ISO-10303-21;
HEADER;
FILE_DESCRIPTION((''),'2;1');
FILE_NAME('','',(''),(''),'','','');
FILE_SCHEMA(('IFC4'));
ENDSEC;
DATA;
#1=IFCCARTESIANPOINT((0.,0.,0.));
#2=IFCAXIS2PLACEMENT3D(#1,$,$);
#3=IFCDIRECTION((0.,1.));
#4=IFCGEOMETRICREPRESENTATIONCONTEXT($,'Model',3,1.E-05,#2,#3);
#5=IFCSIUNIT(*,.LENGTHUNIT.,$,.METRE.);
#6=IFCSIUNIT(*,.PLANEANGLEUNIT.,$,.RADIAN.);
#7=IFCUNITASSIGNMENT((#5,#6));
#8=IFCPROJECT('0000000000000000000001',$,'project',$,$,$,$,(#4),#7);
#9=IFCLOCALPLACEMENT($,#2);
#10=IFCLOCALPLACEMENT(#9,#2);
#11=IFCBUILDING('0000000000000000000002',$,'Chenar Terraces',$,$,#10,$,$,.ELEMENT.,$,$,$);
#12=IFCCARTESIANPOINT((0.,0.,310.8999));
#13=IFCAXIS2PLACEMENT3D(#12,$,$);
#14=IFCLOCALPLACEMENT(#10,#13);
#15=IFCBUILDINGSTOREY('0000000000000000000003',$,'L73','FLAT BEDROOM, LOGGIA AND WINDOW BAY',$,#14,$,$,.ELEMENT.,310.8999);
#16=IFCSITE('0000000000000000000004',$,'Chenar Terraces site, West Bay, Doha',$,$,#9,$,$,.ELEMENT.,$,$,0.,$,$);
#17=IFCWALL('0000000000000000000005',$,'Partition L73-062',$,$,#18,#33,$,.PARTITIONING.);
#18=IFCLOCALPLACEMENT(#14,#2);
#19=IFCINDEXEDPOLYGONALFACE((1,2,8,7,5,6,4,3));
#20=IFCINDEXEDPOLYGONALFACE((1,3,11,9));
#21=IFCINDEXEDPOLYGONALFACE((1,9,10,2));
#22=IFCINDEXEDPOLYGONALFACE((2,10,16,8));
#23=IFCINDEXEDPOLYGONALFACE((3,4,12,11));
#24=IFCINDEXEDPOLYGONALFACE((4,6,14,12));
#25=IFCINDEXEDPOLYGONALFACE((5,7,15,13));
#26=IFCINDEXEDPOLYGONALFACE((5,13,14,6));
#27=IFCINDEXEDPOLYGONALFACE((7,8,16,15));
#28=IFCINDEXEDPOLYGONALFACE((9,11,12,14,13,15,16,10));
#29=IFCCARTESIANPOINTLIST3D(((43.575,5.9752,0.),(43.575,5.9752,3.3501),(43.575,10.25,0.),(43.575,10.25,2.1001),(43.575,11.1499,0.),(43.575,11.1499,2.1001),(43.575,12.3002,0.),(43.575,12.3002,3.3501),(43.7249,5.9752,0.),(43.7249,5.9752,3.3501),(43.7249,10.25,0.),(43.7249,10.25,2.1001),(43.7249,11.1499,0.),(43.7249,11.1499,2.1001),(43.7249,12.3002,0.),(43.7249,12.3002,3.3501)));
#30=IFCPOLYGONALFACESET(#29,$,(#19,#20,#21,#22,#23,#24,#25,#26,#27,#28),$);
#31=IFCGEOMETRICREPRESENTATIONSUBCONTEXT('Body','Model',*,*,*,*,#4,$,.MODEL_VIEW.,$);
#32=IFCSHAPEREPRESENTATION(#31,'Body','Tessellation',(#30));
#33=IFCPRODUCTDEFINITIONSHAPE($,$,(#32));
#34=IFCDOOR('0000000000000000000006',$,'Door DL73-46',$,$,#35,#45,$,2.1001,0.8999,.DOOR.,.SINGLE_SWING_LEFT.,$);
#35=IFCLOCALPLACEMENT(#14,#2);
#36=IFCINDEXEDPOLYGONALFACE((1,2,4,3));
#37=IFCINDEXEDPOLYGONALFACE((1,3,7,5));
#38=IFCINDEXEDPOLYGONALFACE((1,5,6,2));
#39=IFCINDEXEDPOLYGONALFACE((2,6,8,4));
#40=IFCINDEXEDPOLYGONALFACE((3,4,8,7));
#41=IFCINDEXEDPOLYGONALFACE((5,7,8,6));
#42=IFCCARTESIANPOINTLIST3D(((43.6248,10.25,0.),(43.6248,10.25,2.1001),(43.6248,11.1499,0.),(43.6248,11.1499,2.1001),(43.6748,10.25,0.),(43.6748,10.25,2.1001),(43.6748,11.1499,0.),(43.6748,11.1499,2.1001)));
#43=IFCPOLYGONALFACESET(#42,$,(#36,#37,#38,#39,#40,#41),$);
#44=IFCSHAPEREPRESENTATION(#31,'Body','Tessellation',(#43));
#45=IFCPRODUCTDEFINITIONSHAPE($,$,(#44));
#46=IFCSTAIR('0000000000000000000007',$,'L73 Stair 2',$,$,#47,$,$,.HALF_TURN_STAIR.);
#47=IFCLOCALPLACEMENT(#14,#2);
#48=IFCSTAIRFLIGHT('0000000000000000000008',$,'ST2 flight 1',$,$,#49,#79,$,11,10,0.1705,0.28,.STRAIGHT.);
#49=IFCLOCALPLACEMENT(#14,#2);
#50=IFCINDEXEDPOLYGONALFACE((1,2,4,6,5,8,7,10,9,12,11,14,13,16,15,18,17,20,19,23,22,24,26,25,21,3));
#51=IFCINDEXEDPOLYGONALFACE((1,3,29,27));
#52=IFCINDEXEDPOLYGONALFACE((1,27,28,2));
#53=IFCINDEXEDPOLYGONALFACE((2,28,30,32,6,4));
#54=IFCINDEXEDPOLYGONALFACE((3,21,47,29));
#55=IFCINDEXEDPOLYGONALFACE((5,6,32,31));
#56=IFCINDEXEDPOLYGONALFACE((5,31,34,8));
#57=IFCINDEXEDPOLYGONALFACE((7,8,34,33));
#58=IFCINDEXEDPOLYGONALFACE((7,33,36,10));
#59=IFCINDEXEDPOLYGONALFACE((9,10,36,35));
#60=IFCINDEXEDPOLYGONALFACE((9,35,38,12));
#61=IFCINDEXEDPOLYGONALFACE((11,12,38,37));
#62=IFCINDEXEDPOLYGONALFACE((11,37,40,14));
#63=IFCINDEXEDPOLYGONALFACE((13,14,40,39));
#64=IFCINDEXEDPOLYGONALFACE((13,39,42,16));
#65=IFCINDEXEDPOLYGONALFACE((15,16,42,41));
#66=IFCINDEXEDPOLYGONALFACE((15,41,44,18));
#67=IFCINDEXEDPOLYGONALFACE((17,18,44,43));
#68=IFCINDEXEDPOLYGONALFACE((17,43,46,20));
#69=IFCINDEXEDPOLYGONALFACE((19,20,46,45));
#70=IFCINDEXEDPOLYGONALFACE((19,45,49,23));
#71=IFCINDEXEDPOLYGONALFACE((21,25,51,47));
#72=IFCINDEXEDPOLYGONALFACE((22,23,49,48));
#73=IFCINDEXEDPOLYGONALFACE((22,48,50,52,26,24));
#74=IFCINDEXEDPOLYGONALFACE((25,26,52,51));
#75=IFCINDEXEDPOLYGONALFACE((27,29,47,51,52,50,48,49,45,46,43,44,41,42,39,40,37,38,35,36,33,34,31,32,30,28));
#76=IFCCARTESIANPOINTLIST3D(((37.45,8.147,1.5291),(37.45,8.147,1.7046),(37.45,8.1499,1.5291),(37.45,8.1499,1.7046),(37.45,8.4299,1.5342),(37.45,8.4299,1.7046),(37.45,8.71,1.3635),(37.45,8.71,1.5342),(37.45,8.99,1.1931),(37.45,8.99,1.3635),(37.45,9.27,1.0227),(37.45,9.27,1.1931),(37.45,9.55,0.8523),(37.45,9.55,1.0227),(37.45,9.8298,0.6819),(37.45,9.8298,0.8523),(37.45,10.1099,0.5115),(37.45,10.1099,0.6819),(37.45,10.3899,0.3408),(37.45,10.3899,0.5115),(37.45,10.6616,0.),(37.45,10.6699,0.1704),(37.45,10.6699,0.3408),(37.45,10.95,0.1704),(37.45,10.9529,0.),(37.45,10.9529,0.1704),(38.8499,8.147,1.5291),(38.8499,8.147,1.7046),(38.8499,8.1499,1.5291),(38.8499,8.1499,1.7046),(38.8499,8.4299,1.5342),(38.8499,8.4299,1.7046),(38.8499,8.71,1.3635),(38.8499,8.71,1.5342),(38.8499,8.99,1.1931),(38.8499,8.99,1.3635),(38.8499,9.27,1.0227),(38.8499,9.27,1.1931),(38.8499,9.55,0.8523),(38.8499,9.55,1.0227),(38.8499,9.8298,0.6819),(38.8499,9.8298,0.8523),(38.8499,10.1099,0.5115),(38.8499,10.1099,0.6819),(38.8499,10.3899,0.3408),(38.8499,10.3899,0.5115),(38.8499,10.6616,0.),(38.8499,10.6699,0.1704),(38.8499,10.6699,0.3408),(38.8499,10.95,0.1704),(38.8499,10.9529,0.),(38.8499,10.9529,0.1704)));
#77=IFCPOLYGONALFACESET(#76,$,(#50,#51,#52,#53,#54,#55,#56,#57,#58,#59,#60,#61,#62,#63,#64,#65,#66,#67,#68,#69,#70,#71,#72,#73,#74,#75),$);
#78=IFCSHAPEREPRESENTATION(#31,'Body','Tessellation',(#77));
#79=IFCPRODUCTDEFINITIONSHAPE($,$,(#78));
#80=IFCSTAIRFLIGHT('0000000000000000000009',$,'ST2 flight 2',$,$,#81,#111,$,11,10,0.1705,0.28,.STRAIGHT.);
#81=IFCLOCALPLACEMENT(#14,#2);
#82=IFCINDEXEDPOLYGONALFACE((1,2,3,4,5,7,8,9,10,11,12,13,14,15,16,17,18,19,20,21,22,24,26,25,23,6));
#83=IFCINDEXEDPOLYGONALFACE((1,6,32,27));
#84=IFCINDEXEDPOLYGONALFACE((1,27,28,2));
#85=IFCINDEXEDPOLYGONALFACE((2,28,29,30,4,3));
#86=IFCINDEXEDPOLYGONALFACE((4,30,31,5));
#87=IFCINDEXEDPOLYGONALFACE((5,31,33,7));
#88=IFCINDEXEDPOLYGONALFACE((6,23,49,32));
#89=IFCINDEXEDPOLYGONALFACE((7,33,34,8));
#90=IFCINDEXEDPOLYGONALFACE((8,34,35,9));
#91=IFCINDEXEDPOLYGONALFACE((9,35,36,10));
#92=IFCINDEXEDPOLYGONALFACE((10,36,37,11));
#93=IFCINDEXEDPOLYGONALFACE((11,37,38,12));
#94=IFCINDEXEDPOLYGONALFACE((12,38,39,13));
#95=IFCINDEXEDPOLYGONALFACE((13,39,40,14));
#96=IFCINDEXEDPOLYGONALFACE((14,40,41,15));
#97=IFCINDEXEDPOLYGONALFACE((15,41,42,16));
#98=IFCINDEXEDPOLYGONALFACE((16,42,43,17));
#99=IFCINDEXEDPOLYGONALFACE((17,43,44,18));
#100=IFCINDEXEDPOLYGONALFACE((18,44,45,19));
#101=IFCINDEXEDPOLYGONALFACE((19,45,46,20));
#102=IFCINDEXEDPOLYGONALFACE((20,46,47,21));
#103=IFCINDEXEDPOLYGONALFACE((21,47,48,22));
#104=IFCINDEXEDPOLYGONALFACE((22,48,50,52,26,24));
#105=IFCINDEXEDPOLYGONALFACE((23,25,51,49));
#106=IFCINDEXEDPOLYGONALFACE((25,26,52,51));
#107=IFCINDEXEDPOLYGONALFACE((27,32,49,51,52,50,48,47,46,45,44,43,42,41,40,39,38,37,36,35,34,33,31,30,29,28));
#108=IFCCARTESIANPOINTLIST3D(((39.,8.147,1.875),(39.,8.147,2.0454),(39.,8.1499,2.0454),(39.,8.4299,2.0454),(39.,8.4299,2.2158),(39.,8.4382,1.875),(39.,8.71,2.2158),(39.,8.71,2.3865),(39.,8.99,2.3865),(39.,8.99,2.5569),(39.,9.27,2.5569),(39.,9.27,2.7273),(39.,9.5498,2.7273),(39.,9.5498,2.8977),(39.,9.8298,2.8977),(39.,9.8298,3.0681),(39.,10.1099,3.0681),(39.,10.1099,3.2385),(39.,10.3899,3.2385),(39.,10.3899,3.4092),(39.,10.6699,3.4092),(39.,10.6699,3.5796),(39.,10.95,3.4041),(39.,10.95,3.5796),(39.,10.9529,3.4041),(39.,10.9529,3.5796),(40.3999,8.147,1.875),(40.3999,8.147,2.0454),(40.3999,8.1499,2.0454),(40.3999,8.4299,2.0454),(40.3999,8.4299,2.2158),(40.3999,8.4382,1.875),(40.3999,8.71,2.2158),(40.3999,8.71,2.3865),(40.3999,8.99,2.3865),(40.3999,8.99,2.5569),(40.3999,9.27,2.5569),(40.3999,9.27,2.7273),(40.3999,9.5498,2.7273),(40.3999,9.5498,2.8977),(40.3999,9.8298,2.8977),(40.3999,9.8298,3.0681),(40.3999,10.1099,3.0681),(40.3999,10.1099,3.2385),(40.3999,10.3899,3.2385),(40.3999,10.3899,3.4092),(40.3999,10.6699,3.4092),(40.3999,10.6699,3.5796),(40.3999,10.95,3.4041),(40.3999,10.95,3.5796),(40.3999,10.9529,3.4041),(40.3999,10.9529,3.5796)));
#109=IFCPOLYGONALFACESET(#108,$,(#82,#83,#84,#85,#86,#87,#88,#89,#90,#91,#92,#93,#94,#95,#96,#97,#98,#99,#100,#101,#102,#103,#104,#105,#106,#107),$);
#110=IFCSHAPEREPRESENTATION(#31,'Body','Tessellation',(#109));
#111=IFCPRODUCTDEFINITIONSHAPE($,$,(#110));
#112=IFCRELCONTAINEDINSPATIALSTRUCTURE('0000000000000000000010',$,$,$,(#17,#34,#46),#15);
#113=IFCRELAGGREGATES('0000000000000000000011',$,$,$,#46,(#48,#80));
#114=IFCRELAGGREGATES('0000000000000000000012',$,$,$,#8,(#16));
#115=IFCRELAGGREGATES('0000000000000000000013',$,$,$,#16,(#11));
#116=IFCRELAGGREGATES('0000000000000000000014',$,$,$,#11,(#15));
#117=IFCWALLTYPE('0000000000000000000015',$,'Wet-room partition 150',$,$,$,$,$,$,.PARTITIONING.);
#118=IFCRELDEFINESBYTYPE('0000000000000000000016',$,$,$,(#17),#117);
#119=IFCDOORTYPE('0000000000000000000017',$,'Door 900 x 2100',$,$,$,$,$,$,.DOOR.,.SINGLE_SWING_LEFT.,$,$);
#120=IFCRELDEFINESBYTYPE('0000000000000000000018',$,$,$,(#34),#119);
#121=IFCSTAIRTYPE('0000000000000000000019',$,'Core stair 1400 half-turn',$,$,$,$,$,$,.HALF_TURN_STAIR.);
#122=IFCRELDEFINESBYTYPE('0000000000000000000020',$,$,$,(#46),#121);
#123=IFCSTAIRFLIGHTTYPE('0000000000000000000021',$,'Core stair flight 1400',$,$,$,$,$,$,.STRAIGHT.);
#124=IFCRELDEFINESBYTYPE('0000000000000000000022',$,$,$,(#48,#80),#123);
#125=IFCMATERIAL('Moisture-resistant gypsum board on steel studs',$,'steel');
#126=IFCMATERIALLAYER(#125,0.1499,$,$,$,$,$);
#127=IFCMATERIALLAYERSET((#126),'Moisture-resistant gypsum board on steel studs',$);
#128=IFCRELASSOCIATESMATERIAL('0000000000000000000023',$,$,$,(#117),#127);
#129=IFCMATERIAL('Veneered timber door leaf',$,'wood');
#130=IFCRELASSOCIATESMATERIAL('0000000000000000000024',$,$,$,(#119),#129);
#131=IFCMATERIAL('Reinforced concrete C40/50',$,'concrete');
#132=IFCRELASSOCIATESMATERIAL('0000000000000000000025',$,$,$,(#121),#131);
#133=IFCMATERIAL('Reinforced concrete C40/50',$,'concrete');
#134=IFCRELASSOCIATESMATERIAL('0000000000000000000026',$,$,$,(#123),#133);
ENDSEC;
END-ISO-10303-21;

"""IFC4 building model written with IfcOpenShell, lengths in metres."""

from ifc_helpers import new_model, si_unit, direction, frame, frame_2d, origin, place, context, subcontext, project, spatial, polyline, rectangle, outline, extrude, material, layer, layer_set, type_object, element, fill, aggregate, save


model = new_model("IFC4")

# Units and contexts
model_context = context("Model", 3, precision=1e-05, world=origin(), true_north=direction((0.0, 1.0)))
body_context = subcontext(model_context, "Body", "Model", "MODEL_VIEW")
ifc_project = project(units=[si_unit("LENGTHUNIT", "METRE"), si_unit("PLANEANGLEUNIT", "RADIAN")], contexts=[model_context])

# Site, building, storey
site_placement = place(None, origin())
site = spatial("IfcSite", under=ifc_project, at=site_placement, Name="Chenar Terraces site, West Bay, Doha", CompositionType="ELEMENT", RefElevation=0.0)
building_placement = place(site_placement, origin())
building = spatial("IfcBuilding", under=site, at=building_placement, Name="Chenar Terraces", CompositionType="ELEMENT")
storey_placement = place(building_placement, frame((0.0, 0.0, 310.8999)))
storey = spatial("IfcBuildingStorey", under=building, at=storey_placement, Name="L73", Description="FLAT BEDROOM, LOGGIA AND WINDOW BAY", CompositionType="ELEMENT", Elevation=310.8999)

# Shared definitions
ifc_material_1 = material(Name="Moisture-resistant gypsum board on steel studs", Category="steel")
ifc_layer_1 = layer(ifc_material_1, 0.1499)
ifc_layer_set_1 = layer_set([ifc_layer_1], Name="Moisture-resistant gypsum board on steel studs")
wall_type_1 = type_object("IfcWallType", Name="Wet-room partition 150", PredefinedType="PARTITIONING", material=ifc_layer_set_1)
ifc_material_2 = material(Name="Veneered timber door leaf", Category="wood")
door_type_1 = type_object("IfcDoorType", Name="Door 900 x 2100", OperationType="SINGLE_SWING_LEFT", PredefinedType="DOOR", material=ifc_material_2)

# Wall, opening, door
wall_1_placement = place(storey_placement, frame((43.6499, 5.9751, 0.0), z_axis=(0.0, 0.0, 1.0), x_axis=(0.0, 1.0, 0.0)))
wall_1 = element("IfcWall", 1, at=wall_1_placement, inside=storey, type_object=wall_type_1, Name="Partition L73-062", PredefinedType="PARTITIONING", context=body_context, shape_type="SweptSolid", body=[
    extrude(rectangle(XDim=6.325, YDim=0.1499, at=frame_2d((3.1626, 0.0))), origin(), (0.0, 0.0, 1.0), 3.3501),
])
opening_1_placement = place(wall_1_placement, frame((4.2749, 0.0, 0.0)))
opening_1 = element("IfcOpeningElement", 2, at=opening_1_placement, cuts=wall_1, PredefinedType="OPENING", context=body_context, shape_type="SweptSolid", body=[
    extrude(rectangle(XDim=0.8999, YDim=2.1001, at=frame_2d((0.45, 1.05))), frame((0.0, 0.085, 0.0), z_axis=(0.0, -1.0, 0.0), x_axis=(1.0, 0.0, 0.0)), (0.0, 0.0, 1.0), 0.1699),
])
door_1_placement = place(opening_1_placement, frame((0.8999, 0.0, 0.0), z_axis=(0.0, 0.0, 1.0), x_axis=(-1.0, 0.0, 0.0)))
door_1 = element("IfcDoor", 3, at=door_1_placement, inside=storey, type_object=door_type_1, Name="Door DL73-46", OperationType="SINGLE_SWING_LEFT", OverallHeight=2.1001, OverallWidth=0.8999, PredefinedType="DOOR", context=body_context, shape_type="SweptSolid", body=[
    extrude(rectangle(XDim=0.8999, YDim=2.1001, at=frame_2d((0.45, 1.05))), frame((0.0, 0.0249, 0.0), z_axis=(0.0, -1.0, 0.0), x_axis=(1.0, 0.0, 0.0)), (0.0, 0.0, 1.0), 0.05),
])
fill(opening_1, door_1)

# Stair, stair flights
ifc_material_3 = material(Name="Reinforced concrete C40/50", Category="concrete")
stair_type = type_object("IfcStairType", Name="Core stair 1400 half-turn", PredefinedType="HALF_TURN_STAIR", material=ifc_material_3)
stair_placement = place(storey_placement, origin())
stair = element("IfcStair", 4, at=stair_placement, inside=storey, type_object=stair_type, Name="L73 Stair 2", PredefinedType="HALF_TURN_STAIR")
ifc_material_4 = material(Name="Reinforced concrete C40/50", Category="concrete")
stair_flight_type = type_object("IfcStairFlightType", Name="Core stair flight 1400", PredefinedType="STRAIGHT", material=ifc_material_4)
stair_flight_1_placement = place(storey_placement, frame((38.1499, 10.95, 0.0), z_axis=(0.0, 0.0, 1.0), x_axis=(0.0, -1.0, 0.0)))
stair_flight_1 = element("IfcStairFlight", 5, at=stair_flight_1_placement, type_object=stair_flight_type, Name="ST2 flight 1", NumberOfRisers=11, NumberOfTreads=10, PredefinedType="STRAIGHT", RiserHeight=0.1705, TreadLength=0.28, context=body_context, shape_type="SweptSolid", body=[
    extrude(outline(polyline([(-0.0029, 0.0), (-0.0029, 0.1704), (0.0, 0.1704), (0.28, 0.1704), (0.28, 0.3408), (0.5601, 0.3408), (0.5601, 0.5115), (0.8401, 0.5115), (0.8401, 0.6819), (1.1201, 0.6819), (1.1201, 0.8523), (1.3999, 0.8523), (1.3999, 1.0227), (1.6799, 1.0227), (1.6799, 1.1931), (1.96, 1.1931), (1.96, 1.3635), (2.24, 1.3635), (2.24, 1.5342), (2.52, 1.5342), (2.52, 1.7046), (2.8, 1.7046), (2.803, 1.7046), (2.803, 1.5291), (2.8, 1.5291), (0.2883, 0.0), (-0.0029, 0.0)])), frame((0.0, 0.7, 0.0), z_axis=(0.0, -1.0, 0.0), x_axis=(1.0, 0.0, 0.0)), (0.0, 0.0, 1.0), 1.3999),
])
stair_flight_2_placement = place(storey_placement, frame((39.7, 8.1499, 1.875), z_axis=(0.0, 0.0, 1.0), x_axis=(0.0, 1.0, 0.0)))
stair_flight_2 = element("IfcStairFlight", 6, at=stair_flight_2_placement, type_object=stair_flight_type, Name="ST2 flight 2", NumberOfRisers=11, NumberOfTreads=10, PredefinedType="STRAIGHT", RiserHeight=0.1705, TreadLength=0.28, context=body_context, shape_type="SweptSolid", body=[
    extrude(outline(polyline([(-0.0029, 0.0), (-0.0029, 0.1704), (0.0, 0.1704), (0.28, 0.1704), (0.28, 0.3408), (0.5601, 0.3408), (0.5601, 0.5115), (0.8401, 0.5115), (0.8401, 0.6819), (1.1201, 0.6819), (1.1201, 0.8523), (1.3999, 0.8523), (1.3999, 1.0227), (1.6799, 1.0227), (1.6799, 1.1931), (1.96, 1.1931), (1.96, 1.3635), (2.24, 1.3635), (2.24, 1.5342), (2.52, 1.5342), (2.52, 1.7046), (2.8, 1.7046), (2.803, 1.7046), (2.803, 1.5291), (2.8, 1.5291), (0.2883, 0.0), (-0.0029, 0.0)])), frame((0.0, 0.7, 0.0), z_axis=(0.0, -1.0, 0.0), x_axis=(1.0, 0.0, 0.0)), (0.0, 0.0, 1.0), 1.3999),
])
aggregate(stair, [stair_flight_1, stair_flight_2])

save(model, "model.ifc")
